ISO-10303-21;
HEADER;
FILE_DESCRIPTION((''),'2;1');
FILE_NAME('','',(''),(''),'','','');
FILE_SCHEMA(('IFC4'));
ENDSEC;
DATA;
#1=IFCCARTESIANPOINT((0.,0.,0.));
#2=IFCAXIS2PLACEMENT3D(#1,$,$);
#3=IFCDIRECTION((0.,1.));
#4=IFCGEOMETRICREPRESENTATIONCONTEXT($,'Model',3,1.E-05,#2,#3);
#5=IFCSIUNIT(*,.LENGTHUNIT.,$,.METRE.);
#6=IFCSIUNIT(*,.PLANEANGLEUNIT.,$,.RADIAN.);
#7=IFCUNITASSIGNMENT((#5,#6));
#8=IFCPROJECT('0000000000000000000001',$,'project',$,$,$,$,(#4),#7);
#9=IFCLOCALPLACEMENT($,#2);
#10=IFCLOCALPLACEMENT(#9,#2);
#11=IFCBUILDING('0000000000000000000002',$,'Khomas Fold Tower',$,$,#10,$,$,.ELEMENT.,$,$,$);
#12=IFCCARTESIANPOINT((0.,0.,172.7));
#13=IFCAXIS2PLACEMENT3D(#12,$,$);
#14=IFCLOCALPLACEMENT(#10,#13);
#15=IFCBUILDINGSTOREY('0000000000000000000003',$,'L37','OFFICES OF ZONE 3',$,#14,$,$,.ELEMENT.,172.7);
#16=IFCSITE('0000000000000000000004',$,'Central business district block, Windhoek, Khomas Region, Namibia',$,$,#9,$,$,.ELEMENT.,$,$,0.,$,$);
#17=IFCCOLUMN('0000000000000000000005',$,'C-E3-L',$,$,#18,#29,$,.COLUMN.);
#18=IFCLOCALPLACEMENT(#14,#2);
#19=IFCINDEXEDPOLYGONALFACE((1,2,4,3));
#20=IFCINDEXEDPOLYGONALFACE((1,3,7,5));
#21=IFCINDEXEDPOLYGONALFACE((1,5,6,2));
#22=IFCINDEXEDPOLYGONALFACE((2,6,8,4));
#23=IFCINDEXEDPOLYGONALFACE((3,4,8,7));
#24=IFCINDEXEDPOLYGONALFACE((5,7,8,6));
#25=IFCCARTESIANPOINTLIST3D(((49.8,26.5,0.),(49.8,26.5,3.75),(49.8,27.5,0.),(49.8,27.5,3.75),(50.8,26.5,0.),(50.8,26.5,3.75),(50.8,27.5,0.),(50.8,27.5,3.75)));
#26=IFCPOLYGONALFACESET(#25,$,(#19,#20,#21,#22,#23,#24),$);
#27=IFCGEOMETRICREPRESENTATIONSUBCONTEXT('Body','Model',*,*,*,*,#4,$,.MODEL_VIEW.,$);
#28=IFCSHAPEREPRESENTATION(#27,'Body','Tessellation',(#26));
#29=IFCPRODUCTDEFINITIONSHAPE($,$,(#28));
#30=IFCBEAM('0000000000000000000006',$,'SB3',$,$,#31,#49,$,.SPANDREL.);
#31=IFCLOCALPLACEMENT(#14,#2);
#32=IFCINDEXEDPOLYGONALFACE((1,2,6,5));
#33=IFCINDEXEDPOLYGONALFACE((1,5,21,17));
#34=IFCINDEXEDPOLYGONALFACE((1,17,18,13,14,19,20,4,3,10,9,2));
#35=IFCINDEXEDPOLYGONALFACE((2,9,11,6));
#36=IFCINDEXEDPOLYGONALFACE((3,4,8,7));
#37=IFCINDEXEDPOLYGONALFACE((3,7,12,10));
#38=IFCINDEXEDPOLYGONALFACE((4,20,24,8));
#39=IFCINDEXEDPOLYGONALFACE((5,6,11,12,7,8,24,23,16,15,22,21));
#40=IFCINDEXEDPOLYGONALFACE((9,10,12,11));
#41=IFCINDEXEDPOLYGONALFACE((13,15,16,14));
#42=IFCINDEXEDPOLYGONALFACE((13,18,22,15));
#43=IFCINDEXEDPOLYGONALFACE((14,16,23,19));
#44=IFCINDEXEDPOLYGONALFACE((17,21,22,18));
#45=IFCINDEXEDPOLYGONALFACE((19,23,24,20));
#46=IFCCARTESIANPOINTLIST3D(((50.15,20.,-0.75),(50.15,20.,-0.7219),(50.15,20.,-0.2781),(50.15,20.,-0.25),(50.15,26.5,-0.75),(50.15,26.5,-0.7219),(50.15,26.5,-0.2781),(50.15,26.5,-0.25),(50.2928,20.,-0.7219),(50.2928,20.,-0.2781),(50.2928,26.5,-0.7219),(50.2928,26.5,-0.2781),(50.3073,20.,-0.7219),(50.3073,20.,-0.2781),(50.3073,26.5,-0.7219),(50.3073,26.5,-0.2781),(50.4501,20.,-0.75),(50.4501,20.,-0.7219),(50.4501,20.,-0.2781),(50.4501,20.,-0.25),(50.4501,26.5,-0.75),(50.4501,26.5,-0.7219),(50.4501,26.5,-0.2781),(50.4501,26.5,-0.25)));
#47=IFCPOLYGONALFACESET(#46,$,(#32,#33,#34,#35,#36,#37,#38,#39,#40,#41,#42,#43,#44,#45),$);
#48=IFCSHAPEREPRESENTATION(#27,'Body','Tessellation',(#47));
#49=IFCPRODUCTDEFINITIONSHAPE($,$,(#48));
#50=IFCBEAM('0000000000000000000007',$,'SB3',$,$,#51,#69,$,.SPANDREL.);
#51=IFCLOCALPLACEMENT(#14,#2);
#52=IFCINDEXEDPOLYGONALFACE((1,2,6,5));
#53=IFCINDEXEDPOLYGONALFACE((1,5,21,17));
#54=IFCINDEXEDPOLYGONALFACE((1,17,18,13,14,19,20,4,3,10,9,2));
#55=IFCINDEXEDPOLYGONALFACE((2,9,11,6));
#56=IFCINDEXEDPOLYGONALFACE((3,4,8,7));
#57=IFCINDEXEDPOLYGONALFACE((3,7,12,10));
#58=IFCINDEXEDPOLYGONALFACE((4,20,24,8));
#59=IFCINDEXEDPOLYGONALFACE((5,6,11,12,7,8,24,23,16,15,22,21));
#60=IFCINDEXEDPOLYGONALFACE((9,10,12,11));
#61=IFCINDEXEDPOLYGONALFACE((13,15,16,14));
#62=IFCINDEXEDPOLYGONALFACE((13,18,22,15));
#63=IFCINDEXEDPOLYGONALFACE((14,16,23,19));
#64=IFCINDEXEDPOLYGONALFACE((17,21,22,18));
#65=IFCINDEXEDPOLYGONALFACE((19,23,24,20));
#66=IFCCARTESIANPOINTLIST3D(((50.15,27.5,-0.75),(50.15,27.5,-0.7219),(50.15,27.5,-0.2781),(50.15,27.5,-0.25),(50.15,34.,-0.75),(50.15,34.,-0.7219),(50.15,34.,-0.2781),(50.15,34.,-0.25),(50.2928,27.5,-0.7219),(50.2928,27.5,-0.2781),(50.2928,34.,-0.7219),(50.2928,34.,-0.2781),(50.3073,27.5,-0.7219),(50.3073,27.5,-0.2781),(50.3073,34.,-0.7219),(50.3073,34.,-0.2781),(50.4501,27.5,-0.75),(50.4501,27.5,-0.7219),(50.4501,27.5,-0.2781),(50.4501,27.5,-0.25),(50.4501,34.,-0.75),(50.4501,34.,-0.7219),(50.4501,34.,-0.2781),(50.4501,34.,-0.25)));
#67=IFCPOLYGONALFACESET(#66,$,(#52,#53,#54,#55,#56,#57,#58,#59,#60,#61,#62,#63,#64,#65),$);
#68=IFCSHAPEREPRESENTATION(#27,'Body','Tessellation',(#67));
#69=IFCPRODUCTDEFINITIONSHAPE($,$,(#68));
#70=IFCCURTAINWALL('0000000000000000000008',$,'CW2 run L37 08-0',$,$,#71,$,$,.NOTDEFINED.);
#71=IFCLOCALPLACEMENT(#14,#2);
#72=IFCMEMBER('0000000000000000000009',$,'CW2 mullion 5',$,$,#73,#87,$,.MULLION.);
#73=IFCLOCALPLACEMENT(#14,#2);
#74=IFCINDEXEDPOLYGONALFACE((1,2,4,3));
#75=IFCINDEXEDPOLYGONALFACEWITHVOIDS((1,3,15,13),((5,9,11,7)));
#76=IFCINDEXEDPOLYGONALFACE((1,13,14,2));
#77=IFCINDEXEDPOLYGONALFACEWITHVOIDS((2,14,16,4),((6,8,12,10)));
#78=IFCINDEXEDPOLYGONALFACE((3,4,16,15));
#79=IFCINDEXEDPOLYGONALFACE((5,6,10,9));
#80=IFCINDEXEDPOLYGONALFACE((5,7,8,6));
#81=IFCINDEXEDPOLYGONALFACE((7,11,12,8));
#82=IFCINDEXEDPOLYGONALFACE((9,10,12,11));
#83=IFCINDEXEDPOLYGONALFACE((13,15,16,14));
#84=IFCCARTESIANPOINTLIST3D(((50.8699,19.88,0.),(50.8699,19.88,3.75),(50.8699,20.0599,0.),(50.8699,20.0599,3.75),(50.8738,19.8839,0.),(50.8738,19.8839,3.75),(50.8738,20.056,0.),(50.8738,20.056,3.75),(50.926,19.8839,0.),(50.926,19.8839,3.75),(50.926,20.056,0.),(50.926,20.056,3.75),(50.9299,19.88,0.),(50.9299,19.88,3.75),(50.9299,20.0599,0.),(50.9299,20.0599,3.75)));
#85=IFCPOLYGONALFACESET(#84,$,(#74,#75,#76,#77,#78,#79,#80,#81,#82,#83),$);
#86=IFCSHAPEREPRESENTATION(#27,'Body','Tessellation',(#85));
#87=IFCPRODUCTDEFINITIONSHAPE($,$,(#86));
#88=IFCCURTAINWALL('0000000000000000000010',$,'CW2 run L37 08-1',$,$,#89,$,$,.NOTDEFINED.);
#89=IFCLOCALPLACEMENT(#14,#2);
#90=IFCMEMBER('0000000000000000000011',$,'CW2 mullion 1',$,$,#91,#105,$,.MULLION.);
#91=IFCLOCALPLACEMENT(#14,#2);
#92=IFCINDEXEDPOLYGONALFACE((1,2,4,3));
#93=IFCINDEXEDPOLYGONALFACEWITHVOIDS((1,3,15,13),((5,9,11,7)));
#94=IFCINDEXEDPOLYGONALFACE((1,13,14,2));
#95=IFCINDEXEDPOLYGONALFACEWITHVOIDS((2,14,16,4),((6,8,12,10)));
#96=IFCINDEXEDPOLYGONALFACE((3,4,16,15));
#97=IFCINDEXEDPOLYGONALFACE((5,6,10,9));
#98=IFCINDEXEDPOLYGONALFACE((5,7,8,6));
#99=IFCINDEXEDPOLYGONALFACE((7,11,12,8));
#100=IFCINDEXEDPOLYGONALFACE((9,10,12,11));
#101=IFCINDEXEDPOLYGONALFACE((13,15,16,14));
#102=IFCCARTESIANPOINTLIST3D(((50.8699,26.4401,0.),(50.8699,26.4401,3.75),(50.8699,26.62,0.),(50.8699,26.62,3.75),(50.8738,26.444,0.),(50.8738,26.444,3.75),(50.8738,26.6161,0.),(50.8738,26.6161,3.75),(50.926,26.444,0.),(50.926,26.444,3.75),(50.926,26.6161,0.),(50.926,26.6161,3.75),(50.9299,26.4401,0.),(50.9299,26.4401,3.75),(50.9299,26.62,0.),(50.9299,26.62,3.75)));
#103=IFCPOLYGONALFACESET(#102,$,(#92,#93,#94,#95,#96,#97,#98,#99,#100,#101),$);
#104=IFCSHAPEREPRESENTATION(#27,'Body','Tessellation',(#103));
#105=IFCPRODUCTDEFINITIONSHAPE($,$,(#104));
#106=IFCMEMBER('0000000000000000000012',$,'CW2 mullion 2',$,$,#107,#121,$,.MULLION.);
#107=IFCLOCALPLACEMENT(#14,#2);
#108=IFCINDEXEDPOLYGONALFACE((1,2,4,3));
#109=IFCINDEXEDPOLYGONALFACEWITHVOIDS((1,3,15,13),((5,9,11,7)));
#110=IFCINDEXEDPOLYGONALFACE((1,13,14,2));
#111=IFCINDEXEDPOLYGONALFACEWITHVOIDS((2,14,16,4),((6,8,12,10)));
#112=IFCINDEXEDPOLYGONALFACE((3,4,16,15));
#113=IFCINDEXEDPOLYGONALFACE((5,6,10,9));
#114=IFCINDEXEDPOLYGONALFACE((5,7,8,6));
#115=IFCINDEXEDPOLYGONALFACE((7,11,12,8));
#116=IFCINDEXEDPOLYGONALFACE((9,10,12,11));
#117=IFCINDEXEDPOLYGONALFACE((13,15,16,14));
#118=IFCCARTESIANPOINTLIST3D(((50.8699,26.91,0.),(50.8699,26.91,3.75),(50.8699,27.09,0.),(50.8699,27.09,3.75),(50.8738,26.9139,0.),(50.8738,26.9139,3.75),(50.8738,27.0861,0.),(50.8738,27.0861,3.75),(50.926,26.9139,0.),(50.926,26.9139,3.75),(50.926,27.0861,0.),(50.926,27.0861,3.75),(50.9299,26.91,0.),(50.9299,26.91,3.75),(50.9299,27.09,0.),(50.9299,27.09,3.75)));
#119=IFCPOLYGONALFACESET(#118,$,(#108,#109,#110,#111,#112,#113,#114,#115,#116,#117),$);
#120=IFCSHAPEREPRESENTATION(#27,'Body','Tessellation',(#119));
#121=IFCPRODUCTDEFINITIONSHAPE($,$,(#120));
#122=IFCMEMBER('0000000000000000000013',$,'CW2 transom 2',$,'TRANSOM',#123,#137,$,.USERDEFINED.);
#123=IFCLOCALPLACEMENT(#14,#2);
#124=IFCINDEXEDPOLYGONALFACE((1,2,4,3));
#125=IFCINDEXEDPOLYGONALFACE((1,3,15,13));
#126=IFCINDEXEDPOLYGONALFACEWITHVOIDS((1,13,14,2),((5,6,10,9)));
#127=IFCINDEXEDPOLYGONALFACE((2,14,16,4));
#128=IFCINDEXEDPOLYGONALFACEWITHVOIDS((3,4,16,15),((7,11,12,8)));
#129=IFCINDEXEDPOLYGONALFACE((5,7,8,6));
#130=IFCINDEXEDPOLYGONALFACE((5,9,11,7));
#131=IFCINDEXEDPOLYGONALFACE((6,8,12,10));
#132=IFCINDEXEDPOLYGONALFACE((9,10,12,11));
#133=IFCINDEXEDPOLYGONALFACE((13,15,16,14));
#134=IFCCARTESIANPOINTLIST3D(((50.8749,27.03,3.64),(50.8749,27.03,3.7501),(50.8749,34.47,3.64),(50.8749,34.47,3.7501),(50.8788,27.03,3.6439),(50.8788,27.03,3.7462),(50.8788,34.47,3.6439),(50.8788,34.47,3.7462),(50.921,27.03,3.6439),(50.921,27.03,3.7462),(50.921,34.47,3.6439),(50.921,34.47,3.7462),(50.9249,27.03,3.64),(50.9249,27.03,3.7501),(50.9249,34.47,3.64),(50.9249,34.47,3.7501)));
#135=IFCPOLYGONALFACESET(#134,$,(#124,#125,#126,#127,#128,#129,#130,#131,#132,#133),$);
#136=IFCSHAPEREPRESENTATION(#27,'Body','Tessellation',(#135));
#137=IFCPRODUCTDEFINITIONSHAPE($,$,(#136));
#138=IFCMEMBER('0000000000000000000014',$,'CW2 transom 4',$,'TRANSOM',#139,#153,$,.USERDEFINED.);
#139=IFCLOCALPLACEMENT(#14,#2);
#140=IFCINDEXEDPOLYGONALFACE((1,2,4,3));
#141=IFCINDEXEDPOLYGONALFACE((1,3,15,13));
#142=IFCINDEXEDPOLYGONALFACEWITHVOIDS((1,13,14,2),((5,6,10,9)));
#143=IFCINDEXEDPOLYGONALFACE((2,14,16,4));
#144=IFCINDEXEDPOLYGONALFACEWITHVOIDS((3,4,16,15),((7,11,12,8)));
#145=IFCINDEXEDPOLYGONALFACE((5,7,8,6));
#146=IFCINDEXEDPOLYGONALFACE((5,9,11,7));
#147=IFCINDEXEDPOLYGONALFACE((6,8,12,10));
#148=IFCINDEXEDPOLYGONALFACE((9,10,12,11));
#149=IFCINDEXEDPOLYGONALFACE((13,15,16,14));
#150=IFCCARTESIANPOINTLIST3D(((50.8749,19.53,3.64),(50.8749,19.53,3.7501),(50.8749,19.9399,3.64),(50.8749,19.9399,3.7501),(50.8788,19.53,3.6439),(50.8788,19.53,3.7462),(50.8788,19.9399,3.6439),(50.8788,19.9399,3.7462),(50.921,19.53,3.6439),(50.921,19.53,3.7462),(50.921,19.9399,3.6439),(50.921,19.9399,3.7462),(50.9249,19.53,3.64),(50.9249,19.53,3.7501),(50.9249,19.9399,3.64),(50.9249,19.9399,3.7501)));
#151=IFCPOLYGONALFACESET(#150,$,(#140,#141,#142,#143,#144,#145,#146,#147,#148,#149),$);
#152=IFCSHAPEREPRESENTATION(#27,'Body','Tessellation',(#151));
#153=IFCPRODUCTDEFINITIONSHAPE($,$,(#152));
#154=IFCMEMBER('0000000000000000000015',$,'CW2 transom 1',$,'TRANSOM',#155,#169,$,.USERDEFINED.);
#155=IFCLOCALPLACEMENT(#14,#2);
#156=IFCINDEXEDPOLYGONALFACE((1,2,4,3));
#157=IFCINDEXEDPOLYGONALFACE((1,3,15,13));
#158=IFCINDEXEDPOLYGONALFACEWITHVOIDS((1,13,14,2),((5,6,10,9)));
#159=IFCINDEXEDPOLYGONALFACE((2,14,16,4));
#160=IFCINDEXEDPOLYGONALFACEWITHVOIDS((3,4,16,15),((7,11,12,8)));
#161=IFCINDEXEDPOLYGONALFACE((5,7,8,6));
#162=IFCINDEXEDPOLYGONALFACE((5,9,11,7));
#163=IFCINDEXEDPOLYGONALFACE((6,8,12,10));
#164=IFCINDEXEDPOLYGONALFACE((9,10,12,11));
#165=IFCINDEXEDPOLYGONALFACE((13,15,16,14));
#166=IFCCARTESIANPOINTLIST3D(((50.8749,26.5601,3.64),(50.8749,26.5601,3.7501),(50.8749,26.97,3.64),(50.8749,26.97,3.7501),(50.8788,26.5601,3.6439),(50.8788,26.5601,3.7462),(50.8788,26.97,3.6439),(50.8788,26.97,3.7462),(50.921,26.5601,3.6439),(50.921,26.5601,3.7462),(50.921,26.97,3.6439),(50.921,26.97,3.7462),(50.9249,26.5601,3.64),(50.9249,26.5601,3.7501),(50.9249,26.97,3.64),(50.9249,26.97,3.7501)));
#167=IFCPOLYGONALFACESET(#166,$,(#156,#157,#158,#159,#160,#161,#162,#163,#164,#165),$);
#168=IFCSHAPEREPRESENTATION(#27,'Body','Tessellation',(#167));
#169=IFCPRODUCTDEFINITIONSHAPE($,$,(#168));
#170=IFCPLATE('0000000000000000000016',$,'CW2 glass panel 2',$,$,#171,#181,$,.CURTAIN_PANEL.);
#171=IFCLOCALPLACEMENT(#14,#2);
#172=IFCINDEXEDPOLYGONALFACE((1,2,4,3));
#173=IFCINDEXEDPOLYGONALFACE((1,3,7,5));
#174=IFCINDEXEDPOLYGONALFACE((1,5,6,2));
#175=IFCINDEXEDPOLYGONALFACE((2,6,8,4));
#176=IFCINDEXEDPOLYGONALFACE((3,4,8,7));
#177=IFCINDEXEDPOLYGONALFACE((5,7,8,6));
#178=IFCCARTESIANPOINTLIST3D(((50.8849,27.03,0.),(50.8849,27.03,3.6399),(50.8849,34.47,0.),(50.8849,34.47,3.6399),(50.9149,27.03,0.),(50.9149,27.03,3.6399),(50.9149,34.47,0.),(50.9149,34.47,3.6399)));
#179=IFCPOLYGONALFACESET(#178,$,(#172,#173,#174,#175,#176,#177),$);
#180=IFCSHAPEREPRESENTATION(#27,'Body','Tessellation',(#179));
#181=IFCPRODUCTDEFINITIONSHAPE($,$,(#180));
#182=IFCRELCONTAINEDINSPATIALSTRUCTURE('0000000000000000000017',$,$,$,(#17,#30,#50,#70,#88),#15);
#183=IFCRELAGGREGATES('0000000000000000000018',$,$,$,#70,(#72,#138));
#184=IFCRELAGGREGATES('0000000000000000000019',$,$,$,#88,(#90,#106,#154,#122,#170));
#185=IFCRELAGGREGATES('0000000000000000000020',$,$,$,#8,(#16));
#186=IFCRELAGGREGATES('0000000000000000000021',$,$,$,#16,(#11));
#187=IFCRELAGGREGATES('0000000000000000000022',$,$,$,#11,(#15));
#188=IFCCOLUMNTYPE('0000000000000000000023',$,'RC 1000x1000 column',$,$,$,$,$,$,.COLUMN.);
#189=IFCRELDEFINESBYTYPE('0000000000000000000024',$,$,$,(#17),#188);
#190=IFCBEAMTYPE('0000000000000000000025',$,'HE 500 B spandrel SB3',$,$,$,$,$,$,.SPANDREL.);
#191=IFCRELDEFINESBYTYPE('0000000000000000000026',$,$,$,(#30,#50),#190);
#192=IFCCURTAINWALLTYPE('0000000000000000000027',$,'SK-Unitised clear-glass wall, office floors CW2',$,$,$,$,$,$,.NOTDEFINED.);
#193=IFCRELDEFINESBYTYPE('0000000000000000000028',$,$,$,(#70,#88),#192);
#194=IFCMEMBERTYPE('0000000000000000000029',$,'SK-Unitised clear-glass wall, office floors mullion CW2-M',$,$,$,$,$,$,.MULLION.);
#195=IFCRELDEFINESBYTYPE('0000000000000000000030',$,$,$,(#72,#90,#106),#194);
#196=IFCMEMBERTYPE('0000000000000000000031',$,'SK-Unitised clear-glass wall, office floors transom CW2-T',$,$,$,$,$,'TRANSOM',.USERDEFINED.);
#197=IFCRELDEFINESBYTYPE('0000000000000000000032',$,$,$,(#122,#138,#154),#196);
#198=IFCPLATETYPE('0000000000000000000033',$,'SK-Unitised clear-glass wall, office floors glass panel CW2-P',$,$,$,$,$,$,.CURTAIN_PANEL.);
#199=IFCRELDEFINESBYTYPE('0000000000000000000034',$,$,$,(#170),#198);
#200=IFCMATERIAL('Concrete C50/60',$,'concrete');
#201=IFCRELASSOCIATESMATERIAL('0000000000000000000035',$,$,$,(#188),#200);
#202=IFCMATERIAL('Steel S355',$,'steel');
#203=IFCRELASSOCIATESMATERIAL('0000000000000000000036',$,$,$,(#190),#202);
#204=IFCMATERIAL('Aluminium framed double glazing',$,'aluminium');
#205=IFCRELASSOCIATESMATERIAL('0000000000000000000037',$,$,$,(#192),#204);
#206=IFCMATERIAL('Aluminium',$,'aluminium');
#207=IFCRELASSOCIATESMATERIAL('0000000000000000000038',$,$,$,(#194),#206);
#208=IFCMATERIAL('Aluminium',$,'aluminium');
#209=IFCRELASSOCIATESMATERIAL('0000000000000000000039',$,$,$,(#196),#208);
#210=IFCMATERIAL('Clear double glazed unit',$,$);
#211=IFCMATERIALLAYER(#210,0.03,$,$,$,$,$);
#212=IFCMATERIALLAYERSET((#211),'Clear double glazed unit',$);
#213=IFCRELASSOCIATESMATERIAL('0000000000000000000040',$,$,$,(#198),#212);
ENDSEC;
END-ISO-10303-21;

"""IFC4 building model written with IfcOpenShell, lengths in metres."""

from ifc_helpers import new_model, si_unit, direction, frame, origin, origin_2d, place, context, subcontext, project, spatial, rectangle, hollow_rectangle, i_section, extrude, source, transform, mapped, material, layer, layer_set, material_profile, profile_set, type_object, element, aggregate, save


model = new_model("IFC4")

# Units and contexts
model_context = context("Model", 3, precision=1e-05, world=origin(), true_north=direction((0.0, 1.0)))
body_context = subcontext(model_context, "Body", "Model", "MODEL_VIEW")
ifc_project = project(units=[si_unit("LENGTHUNIT", "METRE"), si_unit("PLANEANGLEUNIT", "RADIAN")], contexts=[model_context])

# Site, building, storey
site_placement = place(None, origin())
site = spatial("IfcSite", under=ifc_project, at=site_placement, Name="Central business district block, Windhoek, Khomas Region, Namibia", CompositionType="ELEMENT", RefElevation=0.0)
building_placement = place(site_placement, origin())
building = spatial("IfcBuilding", under=site, at=building_placement, Name="Khomas Fold Tower", CompositionType="ELEMENT")
storey_placement = place(building_placement, frame((0.0, 0.0, 172.7)))
storey = spatial("IfcBuildingStorey", under=building, at=storey_placement, Name="L37", Description="OFFICES OF ZONE 3", CompositionType="ELEMENT", Elevation=172.7)

# Column
ifc_material_1 = material(Name="Concrete C50/60", Category="concrete")
ifc_material_profile_1 = material_profile(ifc_material_1, rectangle(XDim=1.0, YDim=1.0, at=origin_2d()), Name="RC 1000x1000")
ifc_profile_set_1 = profile_set([ifc_material_profile_1], Name="Concrete C50/60")
column_type = type_object("IfcColumnType", Name="RC 1000x1000 column", PredefinedType="COLUMN", material=ifc_profile_set_1)
shared_shape_1 = source(origin(), body_context, "Body", "SweptSolid", [
    extrude(rectangle(XDim=1.0, YDim=1.0, at=origin_2d()), origin(), (0.0, 0.0, 1.0), 3.75),
])
column_placement = place(storey_placement, frame((50.3, 27.0, 0.0), z_axis=(0.0, 0.0, 1.0), x_axis=(1.0, 0.0, 0.0)))
element("IfcColumn", 1, at=column_placement, inside=storey, type_object=column_type, Name="C-E3-L", PredefinedType="COLUMN", context=body_context, shape_type="MappedRepresentation", body=[
    mapped(shared_shape_1, transform((0.0, 0.0, 0.0))),
])

# Beams
ifc_material_2 = material(Name="Steel S355", Category="steel")
ifc_material_profile_2 = material_profile(ifc_material_2, i_section(OverallWidth=0.3, OverallDepth=0.5, WebThickness=0.0144, FlangeThickness=0.0281, at=origin_2d()), Name="HE 500 B")
ifc_profile_set_2 = profile_set([ifc_material_profile_2], Name="Steel S355")
beam_type = type_object("IfcBeamType", Name="HE 500 B spandrel SB3", PredefinedType="SPANDREL", material=ifc_profile_set_2)
shared_shape_2 = source(origin(), body_context, "Body", "SweptSolid", [
    extrude(i_section(OverallWidth=0.3, OverallDepth=0.5, WebThickness=0.0144, FlangeThickness=0.0281, at=origin_2d()), origin(), (0.0, 0.0, 1.0), 6.5),
])
for number, where, z_axis, x_axis, name in (
    (2, (50.3, 20.0, -0.5), (0.0, 1.0, 0.0), (-1.0, 0.0, 0.0), "SB3"),
    (3, (50.3, 27.5, -0.5), (0.0, 1.0, 0.0), (-1.0, 0.0, 0.0), "SB3"),
):
    element("IfcBeam", number, at=place(storey_placement, frame(where, z_axis=z_axis, x_axis=x_axis)), inside=storey, type_object=beam_type, Name=name, PredefinedType="SPANDREL", context=body_context, shape_type="MappedRepresentation", body=[
        mapped(shared_shape_2, transform((0.0, 0.0, 0.0))),
    ])

# Curtain wall, member
ifc_material_3 = material(Name="Aluminium framed double glazing", Category="aluminium")
curtain_wall_type = type_object("IfcCurtainWallType", Name="SK-Unitised clear-glass wall, office floors CW2", PredefinedType="NOTDEFINED", material=ifc_material_3)
curtain_wall_1_placement = place(storey_placement, origin())
curtain_wall_1 = element("IfcCurtainWall", 4, at=curtain_wall_1_placement, inside=storey, type_object=curtain_wall_type, Name="CW2 run L37 08-0", PredefinedType="NOTDEFINED")
ifc_material_4 = material(Name="Aluminium", Category="aluminium")
ifc_material_profile_3 = material_profile(ifc_material_4, hollow_rectangle(XDim=0.0601, YDim=0.1799, WallThickness=0.0039, at=origin_2d()), Name="SK-Unitised clear-glass wall, office floors mullion CW2-M")
ifc_profile_set_3 = profile_set([ifc_material_profile_3], Name="Aluminium")
member_type_1 = type_object("IfcMemberType", Name="SK-Unitised clear-glass wall, office floors mullion CW2-M", PredefinedType="MULLION", material=ifc_profile_set_3)
shared_shape_3 = source(origin(), body_context, "Body", "SweptSolid", [
    extrude(hollow_rectangle(XDim=0.0601, YDim=0.1799, WallThickness=0.0039, at=origin_2d()), origin(), (0.0, 0.0, 1.0), 3.75),
])
member_1_placement = place(storey_placement, frame((50.8999, 19.97, 0.0), z_axis=(0.0, 0.0, 1.0), x_axis=(-1.0, 0.0, 0.0)))
member_1 = element("IfcMember", 5, at=member_1_placement, type_object=member_type_1, Name="CW2 mullion 5", PredefinedType="MULLION", context=body_context, shape_type="MappedRepresentation", body=[
    mapped(shared_shape_3, transform((0.0, 0.0, 0.0))),
])

# Curtain wall, members
curtain_wall_2_placement = place(storey_placement, origin())
curtain_wall_2 = element("IfcCurtainWall", 6, at=curtain_wall_2_placement, inside=storey, type_object=curtain_wall_type, Name="CW2 run L37 08-1", PredefinedType="NOTDEFINED")
member_2_placement = place(storey_placement, frame((50.8999, 26.53, 0.0), z_axis=(0.0, 0.0, 1.0), x_axis=(-1.0, 0.0, 0.0)))
member_2 = element("IfcMember", 7, at=member_2_placement, type_object=member_type_1, Name="CW2 mullion 1", PredefinedType="MULLION", context=body_context, shape_type="MappedRepresentation", body=[
    mapped(shared_shape_3, transform((0.0, 0.0, 0.0))),
])
member_3_placement = place(storey_placement, frame((50.8999, 27.0, 0.0), z_axis=(0.0, 0.0, 1.0), x_axis=(-1.0, 0.0, 0.0)))
member_3 = element("IfcMember", 8, at=member_3_placement, type_object=member_type_1, Name="CW2 mullion 2", PredefinedType="MULLION", context=body_context, shape_type="MappedRepresentation", body=[
    mapped(shared_shape_3, transform((0.0, 0.0, 0.0))),
])
ifc_material_5 = material(Name="Aluminium", Category="aluminium")
ifc_material_profile_4 = material_profile(ifc_material_5, hollow_rectangle(XDim=0.05, YDim=0.1101, WallThickness=0.0039, at=origin_2d()), Name="SK-Unitised clear-glass wall, office floors transom CW2-T")
ifc_profile_set_4 = profile_set([ifc_material_profile_4], Name="Aluminium")
member_type_2 = type_object("IfcMemberType", Name="SK-Unitised clear-glass wall, office floors transom CW2-T", ElementType="TRANSOM", PredefinedType="USERDEFINED", material=ifc_profile_set_4)
shared_shape_4 = source(origin(), body_context, "Body", "SweptSolid", [
    extrude(hollow_rectangle(XDim=0.05, YDim=0.1101, WallThickness=0.0039, at=origin_2d()), origin(), (0.0, 0.0, 1.0), 7.4399),
])
member_4_placement = place(storey_placement, frame((50.8999, 27.03, 3.6951), z_axis=(0.0, 1.0, 0.0), x_axis=(-1.0, 0.0, 0.0)))
member_4 = element("IfcMember", 9, at=member_4_placement, type_object=member_type_2, Name="CW2 transom 2", ObjectType="TRANSOM", PredefinedType="USERDEFINED", context=body_context, shape_type="MappedRepresentation", body=[
    mapped(shared_shape_4, transform((0.0, 0.0, 0.0))),
])

# Members
shared_shape_5 = source(origin(), body_context, "Body", "SweptSolid", [
    extrude(hollow_rectangle(XDim=0.05, YDim=0.1101, WallThickness=0.0039, at=origin_2d()), origin(), (0.0, 0.0, 1.0), 0.4099),
])
member_5_placement = place(storey_placement, frame((50.8999, 19.53, 3.6951), z_axis=(0.0, 1.0, 0.0), x_axis=(-1.0, 0.0, 0.0)))
member_5 = element("IfcMember", 10, at=member_5_placement, type_object=member_type_2, Name="CW2 transom 4", ObjectType="TRANSOM", PredefinedType="USERDEFINED", context=body_context, shape_type="MappedRepresentation", body=[
    mapped(shared_shape_5, transform((0.0, 0.0, 0.0))),
])
member_6_placement = place(storey_placement, frame((50.8999, 26.5601, 3.6951), z_axis=(0.0, 1.0, 0.0), x_axis=(-1.0, 0.0, 0.0)))
member_6 = element("IfcMember", 11, at=member_6_placement, type_object=member_type_2, Name="CW2 transom 1", ObjectType="TRANSOM", PredefinedType="USERDEFINED", context=body_context, shape_type="MappedRepresentation", body=[
    mapped(shared_shape_5, transform((0.0, 0.0, 0.0))),
])

# Plate
ifc_material_6 = material(Name="Clear double glazed unit")
ifc_layer_1 = layer(ifc_material_6, 0.03)
ifc_layer_set_1 = layer_set([ifc_layer_1], Name="Clear double glazed unit")
plate_type = type_object("IfcPlateType", Name="SK-Unitised clear-glass wall, office floors glass panel CW2-P", PredefinedType="CURTAIN_PANEL", material=ifc_layer_set_1)
shared_shape_6 = source(origin(), body_context, "Body", "SweptSolid", [
    extrude(rectangle(XDim=7.4399, YDim=0.03, at=origin_2d()), origin(), (0.0, 0.0, 1.0), 3.6399),
])
plate_1_placement = place(storey_placement, frame((50.8999, 30.75, 0.0), z_axis=(0.0, 0.0, 1.0), x_axis=(0.0, 1.0, 0.0)))
plate_1 = element("IfcPlate", 12, at=plate_1_placement, type_object=plate_type, Name="CW2 glass panel 2", PredefinedType="CURTAIN_PANEL", context=body_context, shape_type="MappedRepresentation", body=[
    mapped(shared_shape_6, transform((0.0, 0.0, 0.0))),
])
aggregate(curtain_wall_1, [member_1, member_5])
aggregate(curtain_wall_2, [member_2, member_3, member_6, member_4, plate_1])

save(model, "model.ifc")
